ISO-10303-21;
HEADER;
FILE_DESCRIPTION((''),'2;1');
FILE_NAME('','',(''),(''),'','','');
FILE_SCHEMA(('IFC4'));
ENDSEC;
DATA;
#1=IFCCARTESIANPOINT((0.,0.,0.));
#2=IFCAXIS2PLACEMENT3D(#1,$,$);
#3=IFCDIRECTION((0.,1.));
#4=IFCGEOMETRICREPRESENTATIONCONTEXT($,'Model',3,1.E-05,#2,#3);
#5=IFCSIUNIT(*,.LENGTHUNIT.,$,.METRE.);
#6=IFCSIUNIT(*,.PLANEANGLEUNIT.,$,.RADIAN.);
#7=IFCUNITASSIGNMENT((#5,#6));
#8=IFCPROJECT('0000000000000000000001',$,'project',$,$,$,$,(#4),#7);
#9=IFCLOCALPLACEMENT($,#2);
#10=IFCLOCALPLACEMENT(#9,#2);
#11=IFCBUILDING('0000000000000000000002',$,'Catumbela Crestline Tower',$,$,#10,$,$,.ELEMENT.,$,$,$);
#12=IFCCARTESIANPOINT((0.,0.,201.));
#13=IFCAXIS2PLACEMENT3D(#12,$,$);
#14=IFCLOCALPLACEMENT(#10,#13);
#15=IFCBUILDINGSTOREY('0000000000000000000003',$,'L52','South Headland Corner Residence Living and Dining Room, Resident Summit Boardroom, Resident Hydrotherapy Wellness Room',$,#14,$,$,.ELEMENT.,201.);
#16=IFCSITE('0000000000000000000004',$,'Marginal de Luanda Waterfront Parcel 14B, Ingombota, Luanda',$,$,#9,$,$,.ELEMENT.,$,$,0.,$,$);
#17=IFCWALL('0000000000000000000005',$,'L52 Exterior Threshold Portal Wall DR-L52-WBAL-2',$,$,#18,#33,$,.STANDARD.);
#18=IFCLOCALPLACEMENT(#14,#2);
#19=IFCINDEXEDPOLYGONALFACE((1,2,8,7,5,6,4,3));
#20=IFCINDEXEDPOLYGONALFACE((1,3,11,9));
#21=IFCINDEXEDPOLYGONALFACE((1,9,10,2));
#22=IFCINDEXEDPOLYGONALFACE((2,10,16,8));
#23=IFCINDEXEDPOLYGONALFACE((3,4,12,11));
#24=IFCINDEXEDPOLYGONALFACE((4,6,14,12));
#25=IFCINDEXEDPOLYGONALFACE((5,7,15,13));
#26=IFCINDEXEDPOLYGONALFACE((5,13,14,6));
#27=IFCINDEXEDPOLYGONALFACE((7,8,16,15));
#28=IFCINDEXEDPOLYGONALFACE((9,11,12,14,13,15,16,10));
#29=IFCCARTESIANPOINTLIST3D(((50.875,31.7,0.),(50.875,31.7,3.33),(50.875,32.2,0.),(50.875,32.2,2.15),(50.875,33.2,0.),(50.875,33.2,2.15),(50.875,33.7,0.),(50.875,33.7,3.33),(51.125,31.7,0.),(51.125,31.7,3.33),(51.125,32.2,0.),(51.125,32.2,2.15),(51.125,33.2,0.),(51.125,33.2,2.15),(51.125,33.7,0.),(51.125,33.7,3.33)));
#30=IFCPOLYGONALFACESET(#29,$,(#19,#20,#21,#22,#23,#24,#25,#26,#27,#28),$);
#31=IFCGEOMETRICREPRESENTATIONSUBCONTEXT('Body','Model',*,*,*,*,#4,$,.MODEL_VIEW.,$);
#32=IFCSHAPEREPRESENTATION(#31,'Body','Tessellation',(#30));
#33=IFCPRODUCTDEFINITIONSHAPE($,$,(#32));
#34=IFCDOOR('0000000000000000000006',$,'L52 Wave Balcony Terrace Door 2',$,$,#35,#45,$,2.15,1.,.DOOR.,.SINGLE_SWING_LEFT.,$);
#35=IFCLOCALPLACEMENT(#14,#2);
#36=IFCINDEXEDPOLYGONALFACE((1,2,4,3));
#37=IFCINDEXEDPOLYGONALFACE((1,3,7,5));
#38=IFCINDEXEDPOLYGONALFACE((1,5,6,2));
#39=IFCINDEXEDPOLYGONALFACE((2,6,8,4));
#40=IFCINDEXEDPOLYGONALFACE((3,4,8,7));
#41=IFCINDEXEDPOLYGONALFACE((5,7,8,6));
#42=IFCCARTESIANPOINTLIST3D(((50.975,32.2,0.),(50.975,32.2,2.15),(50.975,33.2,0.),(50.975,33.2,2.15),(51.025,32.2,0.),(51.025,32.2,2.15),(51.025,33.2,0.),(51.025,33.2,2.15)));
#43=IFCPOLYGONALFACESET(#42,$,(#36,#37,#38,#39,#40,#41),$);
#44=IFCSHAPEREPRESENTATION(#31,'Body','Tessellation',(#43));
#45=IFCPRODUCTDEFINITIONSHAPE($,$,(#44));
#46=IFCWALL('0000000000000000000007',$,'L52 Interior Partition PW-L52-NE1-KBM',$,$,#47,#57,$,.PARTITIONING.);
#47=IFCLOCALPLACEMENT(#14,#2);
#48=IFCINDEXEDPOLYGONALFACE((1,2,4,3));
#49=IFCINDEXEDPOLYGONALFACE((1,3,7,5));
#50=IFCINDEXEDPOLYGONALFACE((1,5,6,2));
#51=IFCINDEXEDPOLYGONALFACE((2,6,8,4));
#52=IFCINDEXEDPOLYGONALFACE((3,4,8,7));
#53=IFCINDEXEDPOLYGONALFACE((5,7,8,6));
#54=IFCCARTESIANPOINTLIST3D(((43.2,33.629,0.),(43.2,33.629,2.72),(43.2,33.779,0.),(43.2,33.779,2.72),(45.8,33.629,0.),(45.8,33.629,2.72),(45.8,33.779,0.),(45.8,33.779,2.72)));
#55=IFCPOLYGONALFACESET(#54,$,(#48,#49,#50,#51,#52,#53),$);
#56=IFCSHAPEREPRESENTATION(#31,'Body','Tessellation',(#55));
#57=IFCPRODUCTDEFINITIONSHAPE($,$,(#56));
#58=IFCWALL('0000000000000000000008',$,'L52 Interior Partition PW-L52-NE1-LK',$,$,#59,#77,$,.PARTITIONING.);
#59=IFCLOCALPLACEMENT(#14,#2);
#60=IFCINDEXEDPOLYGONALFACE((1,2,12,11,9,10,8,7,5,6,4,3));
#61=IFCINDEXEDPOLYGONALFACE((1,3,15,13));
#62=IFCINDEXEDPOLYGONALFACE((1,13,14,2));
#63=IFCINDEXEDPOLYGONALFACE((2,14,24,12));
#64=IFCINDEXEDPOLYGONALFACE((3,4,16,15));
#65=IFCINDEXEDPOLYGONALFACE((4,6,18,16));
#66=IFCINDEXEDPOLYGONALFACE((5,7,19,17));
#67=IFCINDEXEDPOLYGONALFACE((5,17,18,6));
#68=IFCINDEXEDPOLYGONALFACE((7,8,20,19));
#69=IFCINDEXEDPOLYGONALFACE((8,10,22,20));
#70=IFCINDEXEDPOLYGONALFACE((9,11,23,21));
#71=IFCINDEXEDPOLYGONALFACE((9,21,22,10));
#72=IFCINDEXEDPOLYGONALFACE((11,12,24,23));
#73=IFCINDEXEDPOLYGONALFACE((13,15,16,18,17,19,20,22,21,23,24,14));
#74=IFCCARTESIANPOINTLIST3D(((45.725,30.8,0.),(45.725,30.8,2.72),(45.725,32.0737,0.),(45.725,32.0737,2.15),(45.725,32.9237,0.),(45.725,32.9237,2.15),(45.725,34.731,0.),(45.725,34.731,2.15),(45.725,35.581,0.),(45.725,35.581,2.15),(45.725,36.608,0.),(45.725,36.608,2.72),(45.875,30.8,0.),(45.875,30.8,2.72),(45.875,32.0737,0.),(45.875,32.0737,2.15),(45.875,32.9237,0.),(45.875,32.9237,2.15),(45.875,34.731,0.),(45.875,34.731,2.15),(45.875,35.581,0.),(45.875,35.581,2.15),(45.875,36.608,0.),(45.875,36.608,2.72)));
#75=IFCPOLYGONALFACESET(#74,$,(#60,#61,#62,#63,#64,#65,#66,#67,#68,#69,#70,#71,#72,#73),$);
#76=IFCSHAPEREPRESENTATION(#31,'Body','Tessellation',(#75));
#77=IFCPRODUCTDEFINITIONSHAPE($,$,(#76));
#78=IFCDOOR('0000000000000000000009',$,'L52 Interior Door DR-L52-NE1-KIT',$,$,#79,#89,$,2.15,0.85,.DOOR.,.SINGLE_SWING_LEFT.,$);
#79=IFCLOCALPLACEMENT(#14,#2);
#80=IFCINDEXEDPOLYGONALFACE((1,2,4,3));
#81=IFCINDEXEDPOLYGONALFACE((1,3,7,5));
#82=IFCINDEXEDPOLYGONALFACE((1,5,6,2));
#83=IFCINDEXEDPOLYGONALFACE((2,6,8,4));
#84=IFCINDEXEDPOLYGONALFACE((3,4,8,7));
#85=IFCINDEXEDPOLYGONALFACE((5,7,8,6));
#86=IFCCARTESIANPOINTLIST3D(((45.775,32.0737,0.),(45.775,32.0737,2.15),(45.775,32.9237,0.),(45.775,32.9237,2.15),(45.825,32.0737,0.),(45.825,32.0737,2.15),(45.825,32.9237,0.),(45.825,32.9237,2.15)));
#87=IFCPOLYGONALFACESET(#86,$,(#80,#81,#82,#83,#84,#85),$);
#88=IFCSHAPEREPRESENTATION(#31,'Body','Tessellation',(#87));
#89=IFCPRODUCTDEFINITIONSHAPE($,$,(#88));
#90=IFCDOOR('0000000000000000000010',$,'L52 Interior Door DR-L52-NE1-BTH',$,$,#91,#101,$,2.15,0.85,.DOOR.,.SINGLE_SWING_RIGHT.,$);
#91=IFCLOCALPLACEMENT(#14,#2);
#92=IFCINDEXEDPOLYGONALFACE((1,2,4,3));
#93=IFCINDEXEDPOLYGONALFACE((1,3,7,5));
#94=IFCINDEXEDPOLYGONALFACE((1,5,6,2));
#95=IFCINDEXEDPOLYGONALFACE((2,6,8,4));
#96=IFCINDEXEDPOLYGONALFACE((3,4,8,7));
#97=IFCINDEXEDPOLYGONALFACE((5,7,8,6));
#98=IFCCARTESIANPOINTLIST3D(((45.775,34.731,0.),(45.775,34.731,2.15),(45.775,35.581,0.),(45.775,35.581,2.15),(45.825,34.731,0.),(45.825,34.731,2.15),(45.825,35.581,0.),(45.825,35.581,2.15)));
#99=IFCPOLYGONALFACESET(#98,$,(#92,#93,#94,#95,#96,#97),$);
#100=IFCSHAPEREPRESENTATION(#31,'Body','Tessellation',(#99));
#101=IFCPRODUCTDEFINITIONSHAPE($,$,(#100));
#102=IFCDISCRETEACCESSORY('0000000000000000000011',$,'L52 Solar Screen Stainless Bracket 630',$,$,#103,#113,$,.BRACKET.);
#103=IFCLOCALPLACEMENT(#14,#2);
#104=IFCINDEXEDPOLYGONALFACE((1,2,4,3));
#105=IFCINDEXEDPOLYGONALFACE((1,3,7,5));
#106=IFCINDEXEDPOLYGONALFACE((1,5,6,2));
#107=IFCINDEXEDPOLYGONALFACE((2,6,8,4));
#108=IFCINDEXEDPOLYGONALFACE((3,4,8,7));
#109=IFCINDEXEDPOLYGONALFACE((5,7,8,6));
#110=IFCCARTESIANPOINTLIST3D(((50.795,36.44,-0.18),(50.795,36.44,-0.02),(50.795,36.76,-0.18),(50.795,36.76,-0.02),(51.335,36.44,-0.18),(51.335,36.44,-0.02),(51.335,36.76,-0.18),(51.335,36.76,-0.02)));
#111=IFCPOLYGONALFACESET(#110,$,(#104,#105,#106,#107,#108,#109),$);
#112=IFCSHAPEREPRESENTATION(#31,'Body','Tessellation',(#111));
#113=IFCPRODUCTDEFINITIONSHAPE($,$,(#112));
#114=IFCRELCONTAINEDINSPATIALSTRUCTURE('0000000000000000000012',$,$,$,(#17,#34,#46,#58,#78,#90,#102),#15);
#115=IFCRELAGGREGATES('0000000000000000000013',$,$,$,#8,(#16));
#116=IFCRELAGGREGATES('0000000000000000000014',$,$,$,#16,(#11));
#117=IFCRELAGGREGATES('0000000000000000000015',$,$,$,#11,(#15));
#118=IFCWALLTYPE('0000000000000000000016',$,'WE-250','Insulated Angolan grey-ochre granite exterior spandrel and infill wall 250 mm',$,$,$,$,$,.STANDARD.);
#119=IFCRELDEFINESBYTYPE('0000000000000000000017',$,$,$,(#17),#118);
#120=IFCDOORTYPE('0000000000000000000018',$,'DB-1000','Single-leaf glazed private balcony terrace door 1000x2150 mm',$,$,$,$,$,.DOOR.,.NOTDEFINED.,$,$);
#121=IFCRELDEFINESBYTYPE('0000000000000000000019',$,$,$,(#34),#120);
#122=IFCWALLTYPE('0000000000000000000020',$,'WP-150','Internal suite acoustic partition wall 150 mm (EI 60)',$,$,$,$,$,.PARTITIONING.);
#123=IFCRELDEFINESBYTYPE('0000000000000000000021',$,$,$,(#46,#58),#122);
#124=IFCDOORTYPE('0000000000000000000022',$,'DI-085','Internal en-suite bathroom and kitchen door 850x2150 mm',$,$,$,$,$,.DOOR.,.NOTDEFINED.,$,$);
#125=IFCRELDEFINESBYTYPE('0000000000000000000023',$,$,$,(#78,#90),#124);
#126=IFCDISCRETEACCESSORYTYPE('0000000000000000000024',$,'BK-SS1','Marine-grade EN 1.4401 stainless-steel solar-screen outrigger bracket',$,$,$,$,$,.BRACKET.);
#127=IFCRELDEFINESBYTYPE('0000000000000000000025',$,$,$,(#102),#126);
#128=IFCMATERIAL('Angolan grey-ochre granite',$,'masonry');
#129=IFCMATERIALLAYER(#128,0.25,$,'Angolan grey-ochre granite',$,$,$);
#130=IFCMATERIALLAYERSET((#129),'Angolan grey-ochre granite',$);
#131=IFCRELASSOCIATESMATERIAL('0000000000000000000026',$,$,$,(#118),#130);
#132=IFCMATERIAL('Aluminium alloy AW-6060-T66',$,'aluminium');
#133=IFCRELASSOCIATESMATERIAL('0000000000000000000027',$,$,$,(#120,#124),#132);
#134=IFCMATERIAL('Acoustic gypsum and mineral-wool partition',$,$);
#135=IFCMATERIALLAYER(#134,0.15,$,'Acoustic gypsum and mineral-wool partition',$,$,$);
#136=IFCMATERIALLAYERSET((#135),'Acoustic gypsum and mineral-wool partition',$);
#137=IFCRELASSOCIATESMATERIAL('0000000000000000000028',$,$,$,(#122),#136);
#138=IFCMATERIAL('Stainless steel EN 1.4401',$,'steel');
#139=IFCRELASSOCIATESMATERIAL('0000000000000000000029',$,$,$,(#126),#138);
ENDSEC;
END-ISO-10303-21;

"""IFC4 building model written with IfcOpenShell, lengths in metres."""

from ifc_helpers import new_model, si_unit, direction, frame, frame_2d, origin, origin_2d, place, context, subcontext, project, spatial, rectangle, extrude, material, layer, layer_set, type_object, element, fill, save


model = new_model("IFC4")

# Units and contexts
model_context = context("Model", 3, precision=1e-05, world=origin(), true_north=direction((0.0, 1.0)))
body_context = subcontext(model_context, "Body", "Model", "MODEL_VIEW")
ifc_project = project(units=[si_unit("LENGTHUNIT", "METRE"), si_unit("PLANEANGLEUNIT", "RADIAN")], contexts=[model_context])

# Site, building, storey
site_placement = place(None, origin())
site = spatial("IfcSite", under=ifc_project, at=site_placement, Name="Marginal de Luanda Waterfront Parcel 14B, Ingombota, Luanda", CompositionType="ELEMENT", RefElevation=0.0)
building_placement = place(site_placement, origin())
building = spatial("IfcBuilding", under=site, at=building_placement, Name="Catumbela Crestline Tower", CompositionType="ELEMENT")
storey_placement = place(building_placement, frame((0.0, 0.0, 201.0)))
storey = spatial("IfcBuildingStorey", under=building, at=storey_placement, Name="L52", Description="South Headland Corner Residence Living and Dining Room, Resident Summit Boardroom, Resident Hydrotherapy Wellness Room", CompositionType="ELEMENT", Elevation=201.0)

# Shared definitions
ifc_material_1 = material(Name="Aluminium alloy AW-6060-T66", Category="aluminium")

# Wall, opening, door
ifc_material_2 = material(Name="Angolan grey-ochre granite", Category="masonry")
ifc_layer_1 = layer(ifc_material_2, 0.25, Name="Angolan grey-ochre granite")
ifc_layer_set_1 = layer_set([ifc_layer_1], Name="Angolan grey-ochre granite")
wall_type_1 = type_object("IfcWallType", Name="WE-250", Description="Insulated Angolan grey-ochre granite exterior spandrel and infill wall 250 mm", PredefinedType="STANDARD", material=ifc_layer_set_1)
wall_1_placement = place(storey_placement, frame((51.0, 31.7, 0.0), z_axis=(0.0, 0.0, 1.0), x_axis=(0.0, 1.0, 0.0)))
wall_1 = element("IfcWall", 1, at=wall_1_placement, inside=storey, type_object=wall_type_1, Name="L52 Exterior Threshold Portal Wall DR-L52-WBAL-2", PredefinedType="STANDARD", context=body_context, shape_type="SweptSolid", body=[
    extrude(rectangle(XDim=2.0, YDim=0.25, at=frame_2d((1.0, 0.0))), origin(), (0.0, 0.0, 1.0), 3.33),
])
opening_1_placement = place(wall_1_placement, frame((0.5, 0.0, 0.0)))
opening_1 = element("IfcOpeningElement", 2, at=opening_1_placement, cuts=wall_1, PredefinedType="OPENING", context=body_context, shape_type="SweptSolid", body=[
    extrude(rectangle(XDim=1.0, YDim=2.15, at=frame_2d((0.5, 1.075))), frame((0.0, 0.135, 0.0), z_axis=(0.0, -1.0, 0.0), x_axis=(1.0, 0.0, 0.0)), (0.0, 0.0, 1.0), 0.27),
])
door_type_1 = type_object("IfcDoorType", Name="DB-1000", Description="Single-leaf glazed private balcony terrace door 1000x2150 mm", OperationType="NOTDEFINED", PredefinedType="DOOR", material=ifc_material_1)
door_1_placement = place(opening_1_placement, origin())
door_1 = element("IfcDoor", 3, at=door_1_placement, inside=storey, type_object=door_type_1, Name="L52 Wave Balcony Terrace Door 2", OperationType="SINGLE_SWING_LEFT", OverallHeight=2.15, OverallWidth=1.0, PredefinedType="DOOR", context=body_context, shape_type="SweptSolid", body=[
    extrude(rectangle(XDim=1.0, YDim=2.15, at=frame_2d((0.5, 1.075))), frame((0.0, 0.025, 0.0), z_axis=(0.0, -1.0, 0.0), x_axis=(1.0, 0.0, 0.0)), (0.0, 0.0, 1.0), 0.05),
])
fill(opening_1, door_1)

# Wall
ifc_material_3 = material(Name="Acoustic gypsum and mineral-wool partition")
ifc_layer_2 = layer(ifc_material_3, 0.15, Name="Acoustic gypsum and mineral-wool partition")
ifc_layer_set_2 = layer_set([ifc_layer_2], Name="Acoustic gypsum and mineral-wool partition")
wall_type_2 = type_object("IfcWallType", Name="WP-150", Description="Internal suite acoustic partition wall 150 mm (EI 60)", PredefinedType="PARTITIONING", material=ifc_layer_set_2)
wall_2_placement = place(storey_placement, frame((43.2, 33.704, 0.0), z_axis=(0.0, 0.0, 1.0), x_axis=(1.0, 0.0, 0.0)))
element("IfcWall", 4, at=wall_2_placement, inside=storey, type_object=wall_type_2, Name="L52 Interior Partition PW-L52-NE1-KBM", PredefinedType="PARTITIONING", context=body_context, shape_type="SweptSolid", body=[
    extrude(rectangle(XDim=2.6, YDim=0.15, at=frame_2d((1.3, 0.0))), origin(), (0.0, 0.0, 1.0), 2.72),
])

# Wall, openings, doors
wall_3_placement = place(storey_placement, frame((45.8, 30.8, 0.0), z_axis=(0.0, 0.0, 1.0), x_axis=(0.0, 1.0, 0.0)))
wall_3 = element("IfcWall", 5, at=wall_3_placement, inside=storey, type_object=wall_type_2, Name="L52 Interior Partition PW-L52-NE1-LK", PredefinedType="PARTITIONING", context=body_context, shape_type="SweptSolid", body=[
    extrude(rectangle(XDim=5.808, YDim=0.15, at=frame_2d((2.904, 0.0))), origin(), (0.0, 0.0, 1.0), 2.72),
])
opening_2_placement = place(wall_3_placement, frame((1.2737, 0.0, 0.0)))
opening_2 = element("IfcOpeningElement", 6, at=opening_2_placement, cuts=wall_3, PredefinedType="OPENING", context=body_context, shape_type="SweptSolid", body=[
    extrude(rectangle(XDim=0.85, YDim=2.15, at=frame_2d((0.425, 1.075))), frame((0.0, 0.085, 0.0), z_axis=(0.0, -1.0, 0.0), x_axis=(1.0, 0.0, 0.0)), (0.0, 0.0, 1.0), 0.17),
])
opening_3_placement = place(wall_3_placement, frame((3.931, 0.0, 0.0)))
opening_3 = element("IfcOpeningElement", 7, at=opening_3_placement, cuts=wall_3, PredefinedType="OPENING", context=body_context, shape_type="SweptSolid", body=[
    extrude(rectangle(XDim=0.85, YDim=2.15, at=frame_2d((0.425, 1.075))), frame((0.0, 0.085, 0.0), z_axis=(0.0, -1.0, 0.0), x_axis=(1.0, 0.0, 0.0)), (0.0, 0.0, 1.0), 0.17),
])
door_type_2 = type_object("IfcDoorType", Name="DI-085", Description="Internal en-suite bathroom and kitchen door 850x2150 mm", OperationType="NOTDEFINED", PredefinedType="DOOR", material=ifc_material_1)
door_2_placement = place(opening_2_placement, origin())
door_2 = element("IfcDoor", 8, at=door_2_placement, inside=storey, type_object=door_type_2, Name="L52 Interior Door DR-L52-NE1-KIT", OperationType="SINGLE_SWING_LEFT", OverallHeight=2.15, OverallWidth=0.85, PredefinedType="DOOR", context=body_context, shape_type="SweptSolid", body=[
    extrude(rectangle(XDim=0.85, YDim=2.15, at=frame_2d((0.425, 1.075))), frame((0.0, 0.025, 0.0), z_axis=(0.0, -1.0, 0.0), x_axis=(1.0, 0.0, 0.0)), (0.0, 0.0, 1.0), 0.05),
])
fill(opening_2, door_2)
door_3_placement = place(opening_3_placement, origin())
door_3 = element("IfcDoor", 9, at=door_3_placement, inside=storey, type_object=door_type_2, Name="L52 Interior Door DR-L52-NE1-BTH", OperationType="SINGLE_SWING_RIGHT", OverallHeight=2.15, OverallWidth=0.85, PredefinedType="DOOR", context=body_context, shape_type="SweptSolid", body=[
    extrude(rectangle(XDim=0.85, YDim=2.15, at=frame_2d((0.425, 1.075))), frame((0.0, 0.025, 0.0), z_axis=(0.0, -1.0, 0.0), x_axis=(1.0, 0.0, 0.0)), (0.0, 0.0, 1.0), 0.05),
])
fill(opening_3, door_3)

# Shared definitions
ifc_material_4 = material(Name="Stainless steel EN 1.4401", Category="steel")

# Discrete accessory
discrete_accessory_type = type_object("IfcDiscreteAccessoryType", Name="BK-SS1", Description="Marine-grade EN 1.4401 stainless-steel solar-screen outrigger bracket", PredefinedType="BRACKET", material=ifc_material_4)
discrete_accessory_placement = place(storey_placement, frame((51.065, 36.6, -0.18), z_axis=(0.0, 0.0, 1.0), x_axis=(0.0, 1.0, 0.0)))
element("IfcDiscreteAccessory", 10, at=discrete_accessory_placement, inside=storey, type_object=discrete_accessory_type, Name="L52 Solar Screen Stainless Bracket 630", PredefinedType="BRACKET", context=body_context, shape_type="SweptSolid", body=[
    extrude(rectangle(XDim=0.32, YDim=0.54, at=origin_2d()), origin(), (0.0, 0.0, 1.0), 0.16),
])

save(model, "model.ifc")
